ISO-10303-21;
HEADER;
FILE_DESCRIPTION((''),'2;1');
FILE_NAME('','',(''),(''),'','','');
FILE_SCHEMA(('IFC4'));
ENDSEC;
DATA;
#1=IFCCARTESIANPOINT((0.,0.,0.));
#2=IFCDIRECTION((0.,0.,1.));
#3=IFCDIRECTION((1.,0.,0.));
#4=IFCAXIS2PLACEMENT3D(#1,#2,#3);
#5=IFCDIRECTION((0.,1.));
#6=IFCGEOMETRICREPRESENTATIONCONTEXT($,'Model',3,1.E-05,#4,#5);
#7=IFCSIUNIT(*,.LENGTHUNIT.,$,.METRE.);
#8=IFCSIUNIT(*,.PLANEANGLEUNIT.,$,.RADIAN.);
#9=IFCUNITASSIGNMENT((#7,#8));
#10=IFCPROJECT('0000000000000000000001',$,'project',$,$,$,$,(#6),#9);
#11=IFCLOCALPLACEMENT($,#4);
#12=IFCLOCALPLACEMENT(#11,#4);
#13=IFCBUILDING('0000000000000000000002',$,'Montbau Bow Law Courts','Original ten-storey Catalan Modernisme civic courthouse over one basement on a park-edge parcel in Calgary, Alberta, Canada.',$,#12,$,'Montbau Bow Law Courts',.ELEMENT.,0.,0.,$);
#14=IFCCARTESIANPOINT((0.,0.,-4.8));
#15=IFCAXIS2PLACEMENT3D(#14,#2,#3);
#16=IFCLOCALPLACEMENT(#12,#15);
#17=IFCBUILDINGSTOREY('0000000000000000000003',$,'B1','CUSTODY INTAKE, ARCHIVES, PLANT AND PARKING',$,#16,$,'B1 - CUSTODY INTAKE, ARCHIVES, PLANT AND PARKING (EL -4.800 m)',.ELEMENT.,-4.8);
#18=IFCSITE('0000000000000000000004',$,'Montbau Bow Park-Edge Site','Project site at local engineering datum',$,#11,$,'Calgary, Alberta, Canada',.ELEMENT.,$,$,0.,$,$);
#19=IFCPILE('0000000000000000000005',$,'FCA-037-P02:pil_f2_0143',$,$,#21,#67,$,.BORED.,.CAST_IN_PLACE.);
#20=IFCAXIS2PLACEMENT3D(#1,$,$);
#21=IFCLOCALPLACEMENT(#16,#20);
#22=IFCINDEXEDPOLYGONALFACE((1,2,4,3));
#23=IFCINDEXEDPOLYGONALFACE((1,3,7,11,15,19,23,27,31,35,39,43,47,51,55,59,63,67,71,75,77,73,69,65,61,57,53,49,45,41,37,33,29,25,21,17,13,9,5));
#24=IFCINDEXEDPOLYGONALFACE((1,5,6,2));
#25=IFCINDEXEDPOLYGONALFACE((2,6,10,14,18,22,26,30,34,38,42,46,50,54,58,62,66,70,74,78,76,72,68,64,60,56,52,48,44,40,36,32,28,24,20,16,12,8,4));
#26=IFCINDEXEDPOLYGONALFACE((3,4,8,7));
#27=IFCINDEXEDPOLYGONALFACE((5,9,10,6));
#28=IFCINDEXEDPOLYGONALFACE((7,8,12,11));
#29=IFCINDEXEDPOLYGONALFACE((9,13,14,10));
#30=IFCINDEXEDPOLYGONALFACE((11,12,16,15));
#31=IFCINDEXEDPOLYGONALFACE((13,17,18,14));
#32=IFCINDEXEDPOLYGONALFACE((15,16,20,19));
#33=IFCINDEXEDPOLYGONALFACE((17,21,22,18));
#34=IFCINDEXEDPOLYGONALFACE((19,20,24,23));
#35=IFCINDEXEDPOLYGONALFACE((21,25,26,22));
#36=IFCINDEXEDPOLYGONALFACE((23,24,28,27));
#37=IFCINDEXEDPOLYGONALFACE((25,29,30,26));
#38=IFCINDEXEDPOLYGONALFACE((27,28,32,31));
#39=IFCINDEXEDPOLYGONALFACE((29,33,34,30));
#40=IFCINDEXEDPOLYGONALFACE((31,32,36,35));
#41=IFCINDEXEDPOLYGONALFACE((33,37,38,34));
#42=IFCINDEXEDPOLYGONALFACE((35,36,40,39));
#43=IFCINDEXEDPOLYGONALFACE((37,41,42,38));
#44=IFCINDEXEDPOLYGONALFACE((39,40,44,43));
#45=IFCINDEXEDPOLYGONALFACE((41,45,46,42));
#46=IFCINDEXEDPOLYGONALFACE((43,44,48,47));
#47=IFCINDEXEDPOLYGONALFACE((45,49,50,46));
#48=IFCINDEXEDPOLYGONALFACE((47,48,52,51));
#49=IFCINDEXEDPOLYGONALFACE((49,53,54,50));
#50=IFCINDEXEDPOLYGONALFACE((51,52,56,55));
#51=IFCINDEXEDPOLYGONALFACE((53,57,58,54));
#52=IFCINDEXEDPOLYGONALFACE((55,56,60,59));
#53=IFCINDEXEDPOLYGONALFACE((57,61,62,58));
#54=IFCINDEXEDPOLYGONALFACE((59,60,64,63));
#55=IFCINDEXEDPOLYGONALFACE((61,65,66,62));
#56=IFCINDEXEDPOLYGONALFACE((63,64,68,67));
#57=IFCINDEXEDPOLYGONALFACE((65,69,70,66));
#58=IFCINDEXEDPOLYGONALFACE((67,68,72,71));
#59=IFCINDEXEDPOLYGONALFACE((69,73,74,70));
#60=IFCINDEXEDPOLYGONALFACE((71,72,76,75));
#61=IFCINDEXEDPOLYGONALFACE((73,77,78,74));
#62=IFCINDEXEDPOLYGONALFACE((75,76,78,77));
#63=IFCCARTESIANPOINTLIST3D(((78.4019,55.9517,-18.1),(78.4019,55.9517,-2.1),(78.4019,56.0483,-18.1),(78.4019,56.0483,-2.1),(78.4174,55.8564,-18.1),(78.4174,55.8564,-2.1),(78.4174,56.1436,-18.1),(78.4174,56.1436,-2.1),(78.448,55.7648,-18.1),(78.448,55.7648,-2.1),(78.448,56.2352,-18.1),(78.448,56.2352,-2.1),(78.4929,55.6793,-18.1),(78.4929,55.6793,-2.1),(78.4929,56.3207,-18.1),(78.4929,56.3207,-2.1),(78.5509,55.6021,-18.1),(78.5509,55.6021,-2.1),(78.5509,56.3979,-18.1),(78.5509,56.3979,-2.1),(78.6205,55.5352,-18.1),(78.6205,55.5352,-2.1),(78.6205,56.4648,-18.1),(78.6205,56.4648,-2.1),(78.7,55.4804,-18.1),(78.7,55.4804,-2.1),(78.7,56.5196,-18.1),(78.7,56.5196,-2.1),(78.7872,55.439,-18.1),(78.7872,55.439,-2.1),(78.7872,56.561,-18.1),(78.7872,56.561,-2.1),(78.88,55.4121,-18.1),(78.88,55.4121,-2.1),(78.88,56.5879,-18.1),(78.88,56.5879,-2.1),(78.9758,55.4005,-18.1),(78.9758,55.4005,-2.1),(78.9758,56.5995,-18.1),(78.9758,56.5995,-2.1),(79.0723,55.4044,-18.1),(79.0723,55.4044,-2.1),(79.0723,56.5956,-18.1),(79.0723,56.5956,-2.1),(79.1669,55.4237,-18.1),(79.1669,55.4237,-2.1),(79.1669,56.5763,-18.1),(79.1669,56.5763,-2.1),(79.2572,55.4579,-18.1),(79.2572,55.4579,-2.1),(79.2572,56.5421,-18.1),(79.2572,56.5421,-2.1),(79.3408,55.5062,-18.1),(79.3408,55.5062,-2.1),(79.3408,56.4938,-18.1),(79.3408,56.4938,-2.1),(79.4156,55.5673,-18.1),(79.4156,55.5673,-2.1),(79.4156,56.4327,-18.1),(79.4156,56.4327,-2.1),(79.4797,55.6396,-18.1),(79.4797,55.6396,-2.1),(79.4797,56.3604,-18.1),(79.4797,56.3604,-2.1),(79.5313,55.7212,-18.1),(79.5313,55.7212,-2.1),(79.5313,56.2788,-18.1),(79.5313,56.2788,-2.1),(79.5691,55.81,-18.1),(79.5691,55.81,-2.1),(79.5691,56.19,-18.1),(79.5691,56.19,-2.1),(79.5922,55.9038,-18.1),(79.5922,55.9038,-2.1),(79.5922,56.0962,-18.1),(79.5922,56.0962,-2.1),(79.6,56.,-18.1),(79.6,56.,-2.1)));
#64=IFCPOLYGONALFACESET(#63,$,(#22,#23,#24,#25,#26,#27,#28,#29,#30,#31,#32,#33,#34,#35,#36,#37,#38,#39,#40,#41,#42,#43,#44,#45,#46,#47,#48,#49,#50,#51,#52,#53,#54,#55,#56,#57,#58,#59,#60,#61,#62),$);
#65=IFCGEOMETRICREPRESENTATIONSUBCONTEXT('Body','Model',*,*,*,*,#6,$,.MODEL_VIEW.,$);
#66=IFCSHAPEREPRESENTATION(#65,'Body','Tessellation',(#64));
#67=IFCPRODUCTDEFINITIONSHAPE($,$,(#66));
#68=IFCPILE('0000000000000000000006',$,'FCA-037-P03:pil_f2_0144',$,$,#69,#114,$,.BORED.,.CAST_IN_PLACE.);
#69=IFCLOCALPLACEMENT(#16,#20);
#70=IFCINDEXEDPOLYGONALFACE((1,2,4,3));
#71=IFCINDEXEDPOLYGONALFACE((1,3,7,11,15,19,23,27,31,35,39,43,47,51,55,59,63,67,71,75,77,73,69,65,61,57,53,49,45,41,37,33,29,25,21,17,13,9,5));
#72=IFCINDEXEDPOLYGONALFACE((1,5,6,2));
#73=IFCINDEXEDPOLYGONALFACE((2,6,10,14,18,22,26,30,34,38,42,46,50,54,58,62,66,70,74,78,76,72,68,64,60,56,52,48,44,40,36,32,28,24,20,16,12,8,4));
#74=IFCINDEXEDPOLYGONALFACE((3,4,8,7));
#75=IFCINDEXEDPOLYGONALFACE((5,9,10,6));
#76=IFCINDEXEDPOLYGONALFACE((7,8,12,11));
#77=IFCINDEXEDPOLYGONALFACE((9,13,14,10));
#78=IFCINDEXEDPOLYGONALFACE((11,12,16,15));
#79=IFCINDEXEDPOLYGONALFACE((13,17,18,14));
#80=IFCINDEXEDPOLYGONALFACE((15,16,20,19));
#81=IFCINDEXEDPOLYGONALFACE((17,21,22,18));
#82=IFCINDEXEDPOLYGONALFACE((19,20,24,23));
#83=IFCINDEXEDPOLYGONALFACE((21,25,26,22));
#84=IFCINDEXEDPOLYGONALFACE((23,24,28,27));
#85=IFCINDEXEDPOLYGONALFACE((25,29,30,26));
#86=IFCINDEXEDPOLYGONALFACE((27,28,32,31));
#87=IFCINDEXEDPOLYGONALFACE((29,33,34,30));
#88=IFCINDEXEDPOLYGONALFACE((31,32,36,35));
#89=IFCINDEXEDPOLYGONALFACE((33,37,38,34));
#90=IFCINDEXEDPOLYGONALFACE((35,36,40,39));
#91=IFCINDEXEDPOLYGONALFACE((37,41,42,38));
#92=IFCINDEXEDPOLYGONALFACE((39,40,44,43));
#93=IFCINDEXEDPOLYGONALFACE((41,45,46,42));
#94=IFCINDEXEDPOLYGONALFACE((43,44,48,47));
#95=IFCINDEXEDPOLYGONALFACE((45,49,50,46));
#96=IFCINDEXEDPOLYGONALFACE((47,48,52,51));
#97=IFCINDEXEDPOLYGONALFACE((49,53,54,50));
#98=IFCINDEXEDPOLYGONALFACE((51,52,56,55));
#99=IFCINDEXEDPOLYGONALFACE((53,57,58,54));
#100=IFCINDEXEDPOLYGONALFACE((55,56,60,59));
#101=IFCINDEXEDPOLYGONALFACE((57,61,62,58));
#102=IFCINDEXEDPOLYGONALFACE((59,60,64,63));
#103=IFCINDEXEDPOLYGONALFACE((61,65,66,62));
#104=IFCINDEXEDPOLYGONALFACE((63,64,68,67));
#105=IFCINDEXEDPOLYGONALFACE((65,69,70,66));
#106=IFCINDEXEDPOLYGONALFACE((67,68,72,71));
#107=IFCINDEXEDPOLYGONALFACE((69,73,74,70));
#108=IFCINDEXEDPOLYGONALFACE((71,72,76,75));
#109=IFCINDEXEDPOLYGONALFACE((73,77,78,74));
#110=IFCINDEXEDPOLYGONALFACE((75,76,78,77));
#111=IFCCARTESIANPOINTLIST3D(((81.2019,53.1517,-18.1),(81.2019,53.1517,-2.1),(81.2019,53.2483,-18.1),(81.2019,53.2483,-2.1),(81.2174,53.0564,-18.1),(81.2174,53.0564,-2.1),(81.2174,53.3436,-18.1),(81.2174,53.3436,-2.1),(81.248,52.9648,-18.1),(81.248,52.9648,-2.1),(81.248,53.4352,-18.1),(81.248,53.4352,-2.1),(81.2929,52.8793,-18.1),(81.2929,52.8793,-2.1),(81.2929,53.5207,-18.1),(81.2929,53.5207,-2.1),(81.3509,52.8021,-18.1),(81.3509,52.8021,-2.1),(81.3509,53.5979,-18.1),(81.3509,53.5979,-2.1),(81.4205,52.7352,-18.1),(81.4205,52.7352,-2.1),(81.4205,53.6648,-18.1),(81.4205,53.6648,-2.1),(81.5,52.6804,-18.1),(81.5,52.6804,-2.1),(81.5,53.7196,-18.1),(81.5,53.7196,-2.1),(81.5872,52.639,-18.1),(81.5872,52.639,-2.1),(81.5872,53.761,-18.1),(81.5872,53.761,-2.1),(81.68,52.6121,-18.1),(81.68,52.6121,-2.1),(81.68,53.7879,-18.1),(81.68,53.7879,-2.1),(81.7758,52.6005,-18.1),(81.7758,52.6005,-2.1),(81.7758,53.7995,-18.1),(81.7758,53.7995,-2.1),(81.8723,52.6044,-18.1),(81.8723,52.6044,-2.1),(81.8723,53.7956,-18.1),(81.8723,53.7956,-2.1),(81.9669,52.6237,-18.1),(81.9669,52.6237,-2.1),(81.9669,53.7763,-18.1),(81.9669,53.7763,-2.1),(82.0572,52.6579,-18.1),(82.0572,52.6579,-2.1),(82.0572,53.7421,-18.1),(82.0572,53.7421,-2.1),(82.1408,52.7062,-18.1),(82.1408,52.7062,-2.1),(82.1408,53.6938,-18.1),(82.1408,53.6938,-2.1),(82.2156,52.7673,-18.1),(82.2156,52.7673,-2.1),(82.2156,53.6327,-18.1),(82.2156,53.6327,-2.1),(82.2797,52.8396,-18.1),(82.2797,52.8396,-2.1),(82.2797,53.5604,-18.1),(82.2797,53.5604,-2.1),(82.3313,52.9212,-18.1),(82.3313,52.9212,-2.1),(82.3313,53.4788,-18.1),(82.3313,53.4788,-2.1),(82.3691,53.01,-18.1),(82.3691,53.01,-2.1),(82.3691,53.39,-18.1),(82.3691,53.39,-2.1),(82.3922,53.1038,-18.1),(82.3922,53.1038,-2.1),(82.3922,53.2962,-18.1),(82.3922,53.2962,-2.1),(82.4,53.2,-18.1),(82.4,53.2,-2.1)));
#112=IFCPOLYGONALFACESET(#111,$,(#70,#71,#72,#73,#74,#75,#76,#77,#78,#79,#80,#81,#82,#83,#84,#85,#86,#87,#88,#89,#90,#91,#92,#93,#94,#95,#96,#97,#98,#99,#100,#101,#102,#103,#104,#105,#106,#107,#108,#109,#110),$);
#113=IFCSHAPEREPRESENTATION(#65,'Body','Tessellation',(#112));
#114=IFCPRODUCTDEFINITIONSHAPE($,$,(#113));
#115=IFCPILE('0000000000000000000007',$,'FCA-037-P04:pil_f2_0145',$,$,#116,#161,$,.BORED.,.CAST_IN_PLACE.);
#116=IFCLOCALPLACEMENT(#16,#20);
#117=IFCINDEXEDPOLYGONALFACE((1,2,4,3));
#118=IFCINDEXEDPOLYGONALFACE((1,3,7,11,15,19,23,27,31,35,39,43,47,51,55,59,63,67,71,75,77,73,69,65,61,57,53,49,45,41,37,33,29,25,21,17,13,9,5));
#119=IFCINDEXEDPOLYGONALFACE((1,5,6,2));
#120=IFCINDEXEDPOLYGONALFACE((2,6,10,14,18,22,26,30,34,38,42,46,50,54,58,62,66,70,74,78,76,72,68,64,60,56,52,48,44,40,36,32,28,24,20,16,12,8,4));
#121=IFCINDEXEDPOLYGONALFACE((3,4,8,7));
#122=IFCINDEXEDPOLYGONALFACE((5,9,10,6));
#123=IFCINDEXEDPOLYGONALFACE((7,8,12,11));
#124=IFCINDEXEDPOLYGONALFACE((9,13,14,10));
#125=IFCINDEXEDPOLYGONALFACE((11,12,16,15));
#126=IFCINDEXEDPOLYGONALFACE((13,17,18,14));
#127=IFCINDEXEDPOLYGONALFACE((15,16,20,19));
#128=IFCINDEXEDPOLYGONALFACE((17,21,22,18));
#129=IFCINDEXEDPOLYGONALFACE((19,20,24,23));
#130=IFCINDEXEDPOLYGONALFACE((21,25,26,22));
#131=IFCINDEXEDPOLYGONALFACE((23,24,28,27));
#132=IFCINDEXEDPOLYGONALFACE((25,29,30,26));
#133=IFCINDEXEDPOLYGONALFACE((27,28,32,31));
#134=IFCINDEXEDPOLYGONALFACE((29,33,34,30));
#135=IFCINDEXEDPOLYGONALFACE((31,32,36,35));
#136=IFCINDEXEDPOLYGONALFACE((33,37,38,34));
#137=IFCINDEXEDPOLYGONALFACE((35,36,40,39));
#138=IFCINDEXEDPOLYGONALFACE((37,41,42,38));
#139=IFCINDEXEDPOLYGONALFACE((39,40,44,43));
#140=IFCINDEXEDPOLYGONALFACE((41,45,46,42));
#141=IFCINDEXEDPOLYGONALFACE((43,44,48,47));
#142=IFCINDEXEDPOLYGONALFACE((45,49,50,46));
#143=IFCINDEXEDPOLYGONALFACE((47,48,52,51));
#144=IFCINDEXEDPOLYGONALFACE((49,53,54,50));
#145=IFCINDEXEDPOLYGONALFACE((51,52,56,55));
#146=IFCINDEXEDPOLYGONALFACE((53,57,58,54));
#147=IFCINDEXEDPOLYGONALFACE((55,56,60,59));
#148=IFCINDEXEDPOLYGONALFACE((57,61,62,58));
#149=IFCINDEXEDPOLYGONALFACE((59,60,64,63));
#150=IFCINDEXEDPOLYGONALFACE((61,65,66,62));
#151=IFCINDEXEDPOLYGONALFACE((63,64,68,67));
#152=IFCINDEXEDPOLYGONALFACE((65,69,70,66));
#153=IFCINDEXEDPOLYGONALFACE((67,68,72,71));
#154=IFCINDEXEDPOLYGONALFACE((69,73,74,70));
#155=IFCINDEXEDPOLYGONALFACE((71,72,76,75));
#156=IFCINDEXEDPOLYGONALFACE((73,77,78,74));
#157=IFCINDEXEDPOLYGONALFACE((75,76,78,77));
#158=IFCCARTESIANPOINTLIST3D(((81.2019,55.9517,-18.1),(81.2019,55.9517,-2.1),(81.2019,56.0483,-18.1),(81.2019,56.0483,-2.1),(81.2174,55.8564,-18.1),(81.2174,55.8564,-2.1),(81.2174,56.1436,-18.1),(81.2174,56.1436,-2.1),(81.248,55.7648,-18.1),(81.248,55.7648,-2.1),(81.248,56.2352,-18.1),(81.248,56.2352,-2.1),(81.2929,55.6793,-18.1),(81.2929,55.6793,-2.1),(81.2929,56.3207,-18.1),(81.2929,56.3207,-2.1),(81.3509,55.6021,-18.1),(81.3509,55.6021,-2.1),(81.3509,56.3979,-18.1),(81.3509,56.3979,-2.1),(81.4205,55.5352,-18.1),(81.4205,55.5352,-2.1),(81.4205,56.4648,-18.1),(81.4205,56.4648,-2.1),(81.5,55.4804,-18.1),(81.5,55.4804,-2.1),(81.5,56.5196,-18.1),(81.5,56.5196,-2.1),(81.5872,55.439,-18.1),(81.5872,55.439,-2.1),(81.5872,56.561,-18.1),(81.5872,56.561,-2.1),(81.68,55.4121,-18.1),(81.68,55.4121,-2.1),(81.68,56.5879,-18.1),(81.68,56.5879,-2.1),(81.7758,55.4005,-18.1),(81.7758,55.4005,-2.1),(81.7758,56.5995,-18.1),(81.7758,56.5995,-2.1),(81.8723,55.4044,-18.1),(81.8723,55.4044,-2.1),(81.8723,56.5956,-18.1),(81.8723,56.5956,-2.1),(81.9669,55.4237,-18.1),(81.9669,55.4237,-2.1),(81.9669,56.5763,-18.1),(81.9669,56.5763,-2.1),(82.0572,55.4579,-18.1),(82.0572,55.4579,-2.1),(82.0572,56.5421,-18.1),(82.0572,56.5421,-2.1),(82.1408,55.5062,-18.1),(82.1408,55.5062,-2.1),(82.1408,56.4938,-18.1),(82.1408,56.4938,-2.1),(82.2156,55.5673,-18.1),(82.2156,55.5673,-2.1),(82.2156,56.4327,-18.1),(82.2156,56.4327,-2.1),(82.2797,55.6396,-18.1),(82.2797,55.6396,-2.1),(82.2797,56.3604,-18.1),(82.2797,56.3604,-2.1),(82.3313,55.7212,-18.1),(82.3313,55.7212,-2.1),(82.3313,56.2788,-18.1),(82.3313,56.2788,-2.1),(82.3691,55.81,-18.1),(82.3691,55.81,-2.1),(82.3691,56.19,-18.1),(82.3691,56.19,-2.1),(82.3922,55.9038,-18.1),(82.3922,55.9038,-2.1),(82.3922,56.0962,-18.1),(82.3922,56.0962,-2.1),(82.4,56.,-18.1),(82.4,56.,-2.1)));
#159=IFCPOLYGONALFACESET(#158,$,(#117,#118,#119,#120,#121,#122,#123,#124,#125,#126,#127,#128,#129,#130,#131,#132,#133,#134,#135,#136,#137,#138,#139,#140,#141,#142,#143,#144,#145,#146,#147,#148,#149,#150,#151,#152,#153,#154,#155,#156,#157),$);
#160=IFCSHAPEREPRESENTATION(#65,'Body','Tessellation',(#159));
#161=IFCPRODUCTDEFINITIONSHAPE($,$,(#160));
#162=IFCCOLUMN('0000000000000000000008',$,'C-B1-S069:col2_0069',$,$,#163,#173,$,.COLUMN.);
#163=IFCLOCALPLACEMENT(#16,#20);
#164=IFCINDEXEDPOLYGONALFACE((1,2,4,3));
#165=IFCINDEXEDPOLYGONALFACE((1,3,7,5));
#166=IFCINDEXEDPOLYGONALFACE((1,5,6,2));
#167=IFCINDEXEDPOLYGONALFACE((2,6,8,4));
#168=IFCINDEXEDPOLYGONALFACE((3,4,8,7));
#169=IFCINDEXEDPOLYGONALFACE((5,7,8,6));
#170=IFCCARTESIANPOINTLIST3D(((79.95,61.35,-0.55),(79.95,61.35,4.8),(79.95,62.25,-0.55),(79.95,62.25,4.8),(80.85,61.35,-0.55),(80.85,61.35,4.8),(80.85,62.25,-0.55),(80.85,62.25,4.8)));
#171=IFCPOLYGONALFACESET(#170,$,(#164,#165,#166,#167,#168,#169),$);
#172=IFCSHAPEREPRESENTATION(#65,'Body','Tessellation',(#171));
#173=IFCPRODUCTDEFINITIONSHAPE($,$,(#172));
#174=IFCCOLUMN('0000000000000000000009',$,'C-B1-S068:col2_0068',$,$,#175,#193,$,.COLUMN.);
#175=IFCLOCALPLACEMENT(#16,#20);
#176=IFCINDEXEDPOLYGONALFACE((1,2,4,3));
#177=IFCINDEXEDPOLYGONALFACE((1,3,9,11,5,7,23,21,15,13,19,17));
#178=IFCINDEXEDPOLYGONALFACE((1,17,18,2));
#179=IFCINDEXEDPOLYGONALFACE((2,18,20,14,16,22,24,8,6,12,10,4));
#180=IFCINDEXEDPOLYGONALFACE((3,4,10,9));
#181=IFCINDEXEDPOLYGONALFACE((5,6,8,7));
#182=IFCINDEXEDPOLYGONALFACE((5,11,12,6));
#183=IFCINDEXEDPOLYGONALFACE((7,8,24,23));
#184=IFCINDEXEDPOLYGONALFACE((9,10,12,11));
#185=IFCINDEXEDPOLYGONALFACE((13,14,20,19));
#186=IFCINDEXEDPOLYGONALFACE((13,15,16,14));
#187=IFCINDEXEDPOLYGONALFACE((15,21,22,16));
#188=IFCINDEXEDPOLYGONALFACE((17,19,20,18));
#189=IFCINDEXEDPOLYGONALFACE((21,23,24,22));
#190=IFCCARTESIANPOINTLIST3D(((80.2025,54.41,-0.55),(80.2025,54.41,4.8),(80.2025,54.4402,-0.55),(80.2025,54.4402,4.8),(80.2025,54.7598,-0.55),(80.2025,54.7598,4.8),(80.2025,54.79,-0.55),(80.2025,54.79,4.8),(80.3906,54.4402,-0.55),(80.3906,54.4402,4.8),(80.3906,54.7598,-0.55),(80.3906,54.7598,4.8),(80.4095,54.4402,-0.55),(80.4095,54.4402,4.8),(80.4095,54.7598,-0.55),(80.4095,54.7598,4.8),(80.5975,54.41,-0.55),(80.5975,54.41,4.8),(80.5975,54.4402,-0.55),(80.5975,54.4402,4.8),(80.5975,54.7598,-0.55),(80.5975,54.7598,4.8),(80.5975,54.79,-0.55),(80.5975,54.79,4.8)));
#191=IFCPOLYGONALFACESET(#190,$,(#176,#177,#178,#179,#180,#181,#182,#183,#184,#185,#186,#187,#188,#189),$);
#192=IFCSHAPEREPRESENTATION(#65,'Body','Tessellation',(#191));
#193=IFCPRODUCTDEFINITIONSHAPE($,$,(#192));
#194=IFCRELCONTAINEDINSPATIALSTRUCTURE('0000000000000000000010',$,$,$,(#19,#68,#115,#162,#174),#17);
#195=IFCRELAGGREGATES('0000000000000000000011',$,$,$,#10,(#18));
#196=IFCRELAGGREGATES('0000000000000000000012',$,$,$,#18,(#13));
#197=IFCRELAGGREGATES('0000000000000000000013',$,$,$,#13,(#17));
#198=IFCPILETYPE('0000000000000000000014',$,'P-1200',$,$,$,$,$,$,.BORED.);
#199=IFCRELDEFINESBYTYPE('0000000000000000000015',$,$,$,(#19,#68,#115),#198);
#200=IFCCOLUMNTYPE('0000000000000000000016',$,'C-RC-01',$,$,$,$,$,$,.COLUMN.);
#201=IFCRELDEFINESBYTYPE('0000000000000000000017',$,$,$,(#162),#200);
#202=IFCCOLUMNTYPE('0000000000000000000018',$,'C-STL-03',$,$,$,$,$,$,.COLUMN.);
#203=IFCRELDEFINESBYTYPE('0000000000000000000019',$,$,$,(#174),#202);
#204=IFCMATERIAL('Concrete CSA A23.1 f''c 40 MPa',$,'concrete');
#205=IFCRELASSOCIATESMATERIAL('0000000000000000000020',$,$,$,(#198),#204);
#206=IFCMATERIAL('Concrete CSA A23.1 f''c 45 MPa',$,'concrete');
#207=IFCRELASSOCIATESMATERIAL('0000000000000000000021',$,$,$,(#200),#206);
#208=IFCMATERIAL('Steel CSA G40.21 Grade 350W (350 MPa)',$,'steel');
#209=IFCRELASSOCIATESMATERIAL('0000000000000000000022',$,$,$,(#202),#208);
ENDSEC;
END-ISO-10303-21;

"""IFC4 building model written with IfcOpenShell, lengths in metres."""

from ifc_helpers import new_model, si_unit, direction, frame, origin_with_axes, origin_2d_with_axis, place, context, subcontext, project, spatial, rectangle, circle, i_section, extrude, material, material_profile, profile_set, type_object, element, save


model = new_model("IFC4")

# Units and contexts
model_context = context("Model", 3, precision=1e-05, world=origin_with_axes(), true_north=direction((0.0, 1.0)))
body_context = subcontext(model_context, "Body", "Model", "MODEL_VIEW")
ifc_project = project(units=[si_unit("LENGTHUNIT", "METRE"), si_unit("PLANEANGLEUNIT", "RADIAN")], contexts=[model_context])

# Site, building, storey
site_placement = place(None, origin_with_axes())
site = spatial("IfcSite", under=ifc_project, at=site_placement, Name="Montbau Bow Park-Edge Site", Description="Project site at local engineering datum", LongName="Calgary, Alberta, Canada", CompositionType="ELEMENT", RefElevation=0.0)
building_placement = place(site_placement, origin_with_axes())
building = spatial("IfcBuilding", under=site, at=building_placement, Name="Montbau Bow Law Courts", Description="Original ten-storey Catalan Modernisme civic courthouse over one basement on a park-edge parcel in Calgary, Alberta, Canada.", LongName="Montbau Bow Law Courts", CompositionType="ELEMENT", ElevationOfRefHeight=0.0, ElevationOfTerrain=0.0)
storey_placement = place(building_placement, frame((0.0, 0.0, -4.8), z_axis=(0.0, 0.0, 1.0), x_axis=(1.0, 0.0, 0.0)))
storey = spatial("IfcBuildingStorey", under=building, at=storey_placement, Name="B1", Description="CUSTODY INTAKE, ARCHIVES, PLANT AND PARKING", LongName="B1 - CUSTODY INTAKE, ARCHIVES, PLANT AND PARKING (EL -4.800 m)", CompositionType="ELEMENT", Elevation=-4.8)

# Piles
ifc_material_1 = material(Name="Concrete CSA A23.1 f'c 40 MPa", Category="concrete")
ifc_material_profile_1 = material_profile(ifc_material_1, circle(Radius=0.6, at=origin_2d_with_axis()), Name="BP1200", Category="Main", Priority=0)
ifc_profile_set_1 = profile_set([ifc_material_profile_1], Name="Concrete CSA A23.1 f'c 40 MPa")
pile_type_1 = type_object("IfcPileType", Name="P-1200", PredefinedType="BORED", material=ifc_profile_set_1)
for number, where, z_axis, x_axis, name in (
    (1, (79.0, 56.0, -22.9), (0.0, 0.0, 1.0), (1.0, 0.0, 0.0), "FCA-037-P02:pil_f2_0143"),
    (2, (81.8, 53.2, -22.9), (0.0, 0.0, 1.0), (1.0, 0.0, 0.0), "FCA-037-P03:pil_f2_0144"),
    (3, (81.8, 56.0, -22.9), (0.0, 0.0, 1.0), (1.0, 0.0, 0.0), "FCA-037-P04:pil_f2_0145"),
):
    element("IfcPile", number, at=place(None, frame(where, z_axis=z_axis, x_axis=x_axis)), inside=storey, type_object=pile_type_1, Name=name, ConstructionType="CAST_IN_PLACE", PredefinedType="BORED", context=body_context, shape_type="SweptSolid", body=[
        extrude(circle(Radius=0.6, at=origin_2d_with_axis()), origin_with_axes(), (0.0, 0.0, 1.0), 16.0),
    ])

# Columns
ifc_material_2 = material(Name="Concrete CSA A23.1 f'c 45 MPa", Category="concrete")
ifc_material_profile_2 = material_profile(ifc_material_2, rectangle(XDim=0.9, YDim=0.9, at=origin_2d_with_axis()), Name="RC900X900", Category="Main", Priority=0)
ifc_profile_set_2 = profile_set([ifc_material_profile_2], Name="Concrete CSA A23.1 f'c 45 MPa")
column_type_1 = type_object("IfcColumnType", Name="C-RC-01", PredefinedType="COLUMN", material=ifc_profile_set_2)
column_1_placement = place(None, frame((80.4, 61.8, -5.35), z_axis=(0.0, 0.0, 1.0), x_axis=(1.0, 0.0, 0.0)))
element("IfcColumn", 4, at=column_1_placement, inside=storey, type_object=column_type_1, Name="C-B1-S069:col2_0069", PredefinedType="COLUMN", context=body_context, shape_type="SweptSolid", body=[
    extrude(rectangle(XDim=0.9, YDim=0.9, at=origin_2d_with_axis()), origin_with_axes(), (0.0, 0.0, 1.0), 5.35),
])
ifc_material_3 = material(Name="Steel CSA G40.21 Grade 350W (350 MPa)", Category="steel")
ifc_material_profile_3 = material_profile(ifc_material_3, i_section(OverallWidth=0.395, OverallDepth=0.38, WebThickness=0.0189, FlangeThickness=0.0302, at=origin_2d_with_axis()), Name="W360X237", Category="Main", Priority=0)
ifc_profile_set_3 = profile_set([ifc_material_profile_3], Name="Steel CSA G40.21 Grade 350W (350 MPa)")
column_type_2 = type_object("IfcColumnType", Name="C-STL-03", PredefinedType="COLUMN", material=ifc_profile_set_3)
column_2_placement = place(None, frame((80.4, 54.6, -5.35), z_axis=(0.0, 0.0, 1.0), x_axis=(1.0, 0.0, 0.0)))
element("IfcColumn", 5, at=column_2_placement, inside=storey, type_object=column_type_2, Name="C-B1-S068:col2_0068", PredefinedType="COLUMN", context=body_context, shape_type="SweptSolid", body=[
    extrude(i_section(OverallWidth=0.395, OverallDepth=0.38, WebThickness=0.0189, FlangeThickness=0.0302, at=origin_2d_with_axis()), origin_with_axes(), (0.0, 0.0, 1.0), 5.35),
])

save(model, "model.ifc")
